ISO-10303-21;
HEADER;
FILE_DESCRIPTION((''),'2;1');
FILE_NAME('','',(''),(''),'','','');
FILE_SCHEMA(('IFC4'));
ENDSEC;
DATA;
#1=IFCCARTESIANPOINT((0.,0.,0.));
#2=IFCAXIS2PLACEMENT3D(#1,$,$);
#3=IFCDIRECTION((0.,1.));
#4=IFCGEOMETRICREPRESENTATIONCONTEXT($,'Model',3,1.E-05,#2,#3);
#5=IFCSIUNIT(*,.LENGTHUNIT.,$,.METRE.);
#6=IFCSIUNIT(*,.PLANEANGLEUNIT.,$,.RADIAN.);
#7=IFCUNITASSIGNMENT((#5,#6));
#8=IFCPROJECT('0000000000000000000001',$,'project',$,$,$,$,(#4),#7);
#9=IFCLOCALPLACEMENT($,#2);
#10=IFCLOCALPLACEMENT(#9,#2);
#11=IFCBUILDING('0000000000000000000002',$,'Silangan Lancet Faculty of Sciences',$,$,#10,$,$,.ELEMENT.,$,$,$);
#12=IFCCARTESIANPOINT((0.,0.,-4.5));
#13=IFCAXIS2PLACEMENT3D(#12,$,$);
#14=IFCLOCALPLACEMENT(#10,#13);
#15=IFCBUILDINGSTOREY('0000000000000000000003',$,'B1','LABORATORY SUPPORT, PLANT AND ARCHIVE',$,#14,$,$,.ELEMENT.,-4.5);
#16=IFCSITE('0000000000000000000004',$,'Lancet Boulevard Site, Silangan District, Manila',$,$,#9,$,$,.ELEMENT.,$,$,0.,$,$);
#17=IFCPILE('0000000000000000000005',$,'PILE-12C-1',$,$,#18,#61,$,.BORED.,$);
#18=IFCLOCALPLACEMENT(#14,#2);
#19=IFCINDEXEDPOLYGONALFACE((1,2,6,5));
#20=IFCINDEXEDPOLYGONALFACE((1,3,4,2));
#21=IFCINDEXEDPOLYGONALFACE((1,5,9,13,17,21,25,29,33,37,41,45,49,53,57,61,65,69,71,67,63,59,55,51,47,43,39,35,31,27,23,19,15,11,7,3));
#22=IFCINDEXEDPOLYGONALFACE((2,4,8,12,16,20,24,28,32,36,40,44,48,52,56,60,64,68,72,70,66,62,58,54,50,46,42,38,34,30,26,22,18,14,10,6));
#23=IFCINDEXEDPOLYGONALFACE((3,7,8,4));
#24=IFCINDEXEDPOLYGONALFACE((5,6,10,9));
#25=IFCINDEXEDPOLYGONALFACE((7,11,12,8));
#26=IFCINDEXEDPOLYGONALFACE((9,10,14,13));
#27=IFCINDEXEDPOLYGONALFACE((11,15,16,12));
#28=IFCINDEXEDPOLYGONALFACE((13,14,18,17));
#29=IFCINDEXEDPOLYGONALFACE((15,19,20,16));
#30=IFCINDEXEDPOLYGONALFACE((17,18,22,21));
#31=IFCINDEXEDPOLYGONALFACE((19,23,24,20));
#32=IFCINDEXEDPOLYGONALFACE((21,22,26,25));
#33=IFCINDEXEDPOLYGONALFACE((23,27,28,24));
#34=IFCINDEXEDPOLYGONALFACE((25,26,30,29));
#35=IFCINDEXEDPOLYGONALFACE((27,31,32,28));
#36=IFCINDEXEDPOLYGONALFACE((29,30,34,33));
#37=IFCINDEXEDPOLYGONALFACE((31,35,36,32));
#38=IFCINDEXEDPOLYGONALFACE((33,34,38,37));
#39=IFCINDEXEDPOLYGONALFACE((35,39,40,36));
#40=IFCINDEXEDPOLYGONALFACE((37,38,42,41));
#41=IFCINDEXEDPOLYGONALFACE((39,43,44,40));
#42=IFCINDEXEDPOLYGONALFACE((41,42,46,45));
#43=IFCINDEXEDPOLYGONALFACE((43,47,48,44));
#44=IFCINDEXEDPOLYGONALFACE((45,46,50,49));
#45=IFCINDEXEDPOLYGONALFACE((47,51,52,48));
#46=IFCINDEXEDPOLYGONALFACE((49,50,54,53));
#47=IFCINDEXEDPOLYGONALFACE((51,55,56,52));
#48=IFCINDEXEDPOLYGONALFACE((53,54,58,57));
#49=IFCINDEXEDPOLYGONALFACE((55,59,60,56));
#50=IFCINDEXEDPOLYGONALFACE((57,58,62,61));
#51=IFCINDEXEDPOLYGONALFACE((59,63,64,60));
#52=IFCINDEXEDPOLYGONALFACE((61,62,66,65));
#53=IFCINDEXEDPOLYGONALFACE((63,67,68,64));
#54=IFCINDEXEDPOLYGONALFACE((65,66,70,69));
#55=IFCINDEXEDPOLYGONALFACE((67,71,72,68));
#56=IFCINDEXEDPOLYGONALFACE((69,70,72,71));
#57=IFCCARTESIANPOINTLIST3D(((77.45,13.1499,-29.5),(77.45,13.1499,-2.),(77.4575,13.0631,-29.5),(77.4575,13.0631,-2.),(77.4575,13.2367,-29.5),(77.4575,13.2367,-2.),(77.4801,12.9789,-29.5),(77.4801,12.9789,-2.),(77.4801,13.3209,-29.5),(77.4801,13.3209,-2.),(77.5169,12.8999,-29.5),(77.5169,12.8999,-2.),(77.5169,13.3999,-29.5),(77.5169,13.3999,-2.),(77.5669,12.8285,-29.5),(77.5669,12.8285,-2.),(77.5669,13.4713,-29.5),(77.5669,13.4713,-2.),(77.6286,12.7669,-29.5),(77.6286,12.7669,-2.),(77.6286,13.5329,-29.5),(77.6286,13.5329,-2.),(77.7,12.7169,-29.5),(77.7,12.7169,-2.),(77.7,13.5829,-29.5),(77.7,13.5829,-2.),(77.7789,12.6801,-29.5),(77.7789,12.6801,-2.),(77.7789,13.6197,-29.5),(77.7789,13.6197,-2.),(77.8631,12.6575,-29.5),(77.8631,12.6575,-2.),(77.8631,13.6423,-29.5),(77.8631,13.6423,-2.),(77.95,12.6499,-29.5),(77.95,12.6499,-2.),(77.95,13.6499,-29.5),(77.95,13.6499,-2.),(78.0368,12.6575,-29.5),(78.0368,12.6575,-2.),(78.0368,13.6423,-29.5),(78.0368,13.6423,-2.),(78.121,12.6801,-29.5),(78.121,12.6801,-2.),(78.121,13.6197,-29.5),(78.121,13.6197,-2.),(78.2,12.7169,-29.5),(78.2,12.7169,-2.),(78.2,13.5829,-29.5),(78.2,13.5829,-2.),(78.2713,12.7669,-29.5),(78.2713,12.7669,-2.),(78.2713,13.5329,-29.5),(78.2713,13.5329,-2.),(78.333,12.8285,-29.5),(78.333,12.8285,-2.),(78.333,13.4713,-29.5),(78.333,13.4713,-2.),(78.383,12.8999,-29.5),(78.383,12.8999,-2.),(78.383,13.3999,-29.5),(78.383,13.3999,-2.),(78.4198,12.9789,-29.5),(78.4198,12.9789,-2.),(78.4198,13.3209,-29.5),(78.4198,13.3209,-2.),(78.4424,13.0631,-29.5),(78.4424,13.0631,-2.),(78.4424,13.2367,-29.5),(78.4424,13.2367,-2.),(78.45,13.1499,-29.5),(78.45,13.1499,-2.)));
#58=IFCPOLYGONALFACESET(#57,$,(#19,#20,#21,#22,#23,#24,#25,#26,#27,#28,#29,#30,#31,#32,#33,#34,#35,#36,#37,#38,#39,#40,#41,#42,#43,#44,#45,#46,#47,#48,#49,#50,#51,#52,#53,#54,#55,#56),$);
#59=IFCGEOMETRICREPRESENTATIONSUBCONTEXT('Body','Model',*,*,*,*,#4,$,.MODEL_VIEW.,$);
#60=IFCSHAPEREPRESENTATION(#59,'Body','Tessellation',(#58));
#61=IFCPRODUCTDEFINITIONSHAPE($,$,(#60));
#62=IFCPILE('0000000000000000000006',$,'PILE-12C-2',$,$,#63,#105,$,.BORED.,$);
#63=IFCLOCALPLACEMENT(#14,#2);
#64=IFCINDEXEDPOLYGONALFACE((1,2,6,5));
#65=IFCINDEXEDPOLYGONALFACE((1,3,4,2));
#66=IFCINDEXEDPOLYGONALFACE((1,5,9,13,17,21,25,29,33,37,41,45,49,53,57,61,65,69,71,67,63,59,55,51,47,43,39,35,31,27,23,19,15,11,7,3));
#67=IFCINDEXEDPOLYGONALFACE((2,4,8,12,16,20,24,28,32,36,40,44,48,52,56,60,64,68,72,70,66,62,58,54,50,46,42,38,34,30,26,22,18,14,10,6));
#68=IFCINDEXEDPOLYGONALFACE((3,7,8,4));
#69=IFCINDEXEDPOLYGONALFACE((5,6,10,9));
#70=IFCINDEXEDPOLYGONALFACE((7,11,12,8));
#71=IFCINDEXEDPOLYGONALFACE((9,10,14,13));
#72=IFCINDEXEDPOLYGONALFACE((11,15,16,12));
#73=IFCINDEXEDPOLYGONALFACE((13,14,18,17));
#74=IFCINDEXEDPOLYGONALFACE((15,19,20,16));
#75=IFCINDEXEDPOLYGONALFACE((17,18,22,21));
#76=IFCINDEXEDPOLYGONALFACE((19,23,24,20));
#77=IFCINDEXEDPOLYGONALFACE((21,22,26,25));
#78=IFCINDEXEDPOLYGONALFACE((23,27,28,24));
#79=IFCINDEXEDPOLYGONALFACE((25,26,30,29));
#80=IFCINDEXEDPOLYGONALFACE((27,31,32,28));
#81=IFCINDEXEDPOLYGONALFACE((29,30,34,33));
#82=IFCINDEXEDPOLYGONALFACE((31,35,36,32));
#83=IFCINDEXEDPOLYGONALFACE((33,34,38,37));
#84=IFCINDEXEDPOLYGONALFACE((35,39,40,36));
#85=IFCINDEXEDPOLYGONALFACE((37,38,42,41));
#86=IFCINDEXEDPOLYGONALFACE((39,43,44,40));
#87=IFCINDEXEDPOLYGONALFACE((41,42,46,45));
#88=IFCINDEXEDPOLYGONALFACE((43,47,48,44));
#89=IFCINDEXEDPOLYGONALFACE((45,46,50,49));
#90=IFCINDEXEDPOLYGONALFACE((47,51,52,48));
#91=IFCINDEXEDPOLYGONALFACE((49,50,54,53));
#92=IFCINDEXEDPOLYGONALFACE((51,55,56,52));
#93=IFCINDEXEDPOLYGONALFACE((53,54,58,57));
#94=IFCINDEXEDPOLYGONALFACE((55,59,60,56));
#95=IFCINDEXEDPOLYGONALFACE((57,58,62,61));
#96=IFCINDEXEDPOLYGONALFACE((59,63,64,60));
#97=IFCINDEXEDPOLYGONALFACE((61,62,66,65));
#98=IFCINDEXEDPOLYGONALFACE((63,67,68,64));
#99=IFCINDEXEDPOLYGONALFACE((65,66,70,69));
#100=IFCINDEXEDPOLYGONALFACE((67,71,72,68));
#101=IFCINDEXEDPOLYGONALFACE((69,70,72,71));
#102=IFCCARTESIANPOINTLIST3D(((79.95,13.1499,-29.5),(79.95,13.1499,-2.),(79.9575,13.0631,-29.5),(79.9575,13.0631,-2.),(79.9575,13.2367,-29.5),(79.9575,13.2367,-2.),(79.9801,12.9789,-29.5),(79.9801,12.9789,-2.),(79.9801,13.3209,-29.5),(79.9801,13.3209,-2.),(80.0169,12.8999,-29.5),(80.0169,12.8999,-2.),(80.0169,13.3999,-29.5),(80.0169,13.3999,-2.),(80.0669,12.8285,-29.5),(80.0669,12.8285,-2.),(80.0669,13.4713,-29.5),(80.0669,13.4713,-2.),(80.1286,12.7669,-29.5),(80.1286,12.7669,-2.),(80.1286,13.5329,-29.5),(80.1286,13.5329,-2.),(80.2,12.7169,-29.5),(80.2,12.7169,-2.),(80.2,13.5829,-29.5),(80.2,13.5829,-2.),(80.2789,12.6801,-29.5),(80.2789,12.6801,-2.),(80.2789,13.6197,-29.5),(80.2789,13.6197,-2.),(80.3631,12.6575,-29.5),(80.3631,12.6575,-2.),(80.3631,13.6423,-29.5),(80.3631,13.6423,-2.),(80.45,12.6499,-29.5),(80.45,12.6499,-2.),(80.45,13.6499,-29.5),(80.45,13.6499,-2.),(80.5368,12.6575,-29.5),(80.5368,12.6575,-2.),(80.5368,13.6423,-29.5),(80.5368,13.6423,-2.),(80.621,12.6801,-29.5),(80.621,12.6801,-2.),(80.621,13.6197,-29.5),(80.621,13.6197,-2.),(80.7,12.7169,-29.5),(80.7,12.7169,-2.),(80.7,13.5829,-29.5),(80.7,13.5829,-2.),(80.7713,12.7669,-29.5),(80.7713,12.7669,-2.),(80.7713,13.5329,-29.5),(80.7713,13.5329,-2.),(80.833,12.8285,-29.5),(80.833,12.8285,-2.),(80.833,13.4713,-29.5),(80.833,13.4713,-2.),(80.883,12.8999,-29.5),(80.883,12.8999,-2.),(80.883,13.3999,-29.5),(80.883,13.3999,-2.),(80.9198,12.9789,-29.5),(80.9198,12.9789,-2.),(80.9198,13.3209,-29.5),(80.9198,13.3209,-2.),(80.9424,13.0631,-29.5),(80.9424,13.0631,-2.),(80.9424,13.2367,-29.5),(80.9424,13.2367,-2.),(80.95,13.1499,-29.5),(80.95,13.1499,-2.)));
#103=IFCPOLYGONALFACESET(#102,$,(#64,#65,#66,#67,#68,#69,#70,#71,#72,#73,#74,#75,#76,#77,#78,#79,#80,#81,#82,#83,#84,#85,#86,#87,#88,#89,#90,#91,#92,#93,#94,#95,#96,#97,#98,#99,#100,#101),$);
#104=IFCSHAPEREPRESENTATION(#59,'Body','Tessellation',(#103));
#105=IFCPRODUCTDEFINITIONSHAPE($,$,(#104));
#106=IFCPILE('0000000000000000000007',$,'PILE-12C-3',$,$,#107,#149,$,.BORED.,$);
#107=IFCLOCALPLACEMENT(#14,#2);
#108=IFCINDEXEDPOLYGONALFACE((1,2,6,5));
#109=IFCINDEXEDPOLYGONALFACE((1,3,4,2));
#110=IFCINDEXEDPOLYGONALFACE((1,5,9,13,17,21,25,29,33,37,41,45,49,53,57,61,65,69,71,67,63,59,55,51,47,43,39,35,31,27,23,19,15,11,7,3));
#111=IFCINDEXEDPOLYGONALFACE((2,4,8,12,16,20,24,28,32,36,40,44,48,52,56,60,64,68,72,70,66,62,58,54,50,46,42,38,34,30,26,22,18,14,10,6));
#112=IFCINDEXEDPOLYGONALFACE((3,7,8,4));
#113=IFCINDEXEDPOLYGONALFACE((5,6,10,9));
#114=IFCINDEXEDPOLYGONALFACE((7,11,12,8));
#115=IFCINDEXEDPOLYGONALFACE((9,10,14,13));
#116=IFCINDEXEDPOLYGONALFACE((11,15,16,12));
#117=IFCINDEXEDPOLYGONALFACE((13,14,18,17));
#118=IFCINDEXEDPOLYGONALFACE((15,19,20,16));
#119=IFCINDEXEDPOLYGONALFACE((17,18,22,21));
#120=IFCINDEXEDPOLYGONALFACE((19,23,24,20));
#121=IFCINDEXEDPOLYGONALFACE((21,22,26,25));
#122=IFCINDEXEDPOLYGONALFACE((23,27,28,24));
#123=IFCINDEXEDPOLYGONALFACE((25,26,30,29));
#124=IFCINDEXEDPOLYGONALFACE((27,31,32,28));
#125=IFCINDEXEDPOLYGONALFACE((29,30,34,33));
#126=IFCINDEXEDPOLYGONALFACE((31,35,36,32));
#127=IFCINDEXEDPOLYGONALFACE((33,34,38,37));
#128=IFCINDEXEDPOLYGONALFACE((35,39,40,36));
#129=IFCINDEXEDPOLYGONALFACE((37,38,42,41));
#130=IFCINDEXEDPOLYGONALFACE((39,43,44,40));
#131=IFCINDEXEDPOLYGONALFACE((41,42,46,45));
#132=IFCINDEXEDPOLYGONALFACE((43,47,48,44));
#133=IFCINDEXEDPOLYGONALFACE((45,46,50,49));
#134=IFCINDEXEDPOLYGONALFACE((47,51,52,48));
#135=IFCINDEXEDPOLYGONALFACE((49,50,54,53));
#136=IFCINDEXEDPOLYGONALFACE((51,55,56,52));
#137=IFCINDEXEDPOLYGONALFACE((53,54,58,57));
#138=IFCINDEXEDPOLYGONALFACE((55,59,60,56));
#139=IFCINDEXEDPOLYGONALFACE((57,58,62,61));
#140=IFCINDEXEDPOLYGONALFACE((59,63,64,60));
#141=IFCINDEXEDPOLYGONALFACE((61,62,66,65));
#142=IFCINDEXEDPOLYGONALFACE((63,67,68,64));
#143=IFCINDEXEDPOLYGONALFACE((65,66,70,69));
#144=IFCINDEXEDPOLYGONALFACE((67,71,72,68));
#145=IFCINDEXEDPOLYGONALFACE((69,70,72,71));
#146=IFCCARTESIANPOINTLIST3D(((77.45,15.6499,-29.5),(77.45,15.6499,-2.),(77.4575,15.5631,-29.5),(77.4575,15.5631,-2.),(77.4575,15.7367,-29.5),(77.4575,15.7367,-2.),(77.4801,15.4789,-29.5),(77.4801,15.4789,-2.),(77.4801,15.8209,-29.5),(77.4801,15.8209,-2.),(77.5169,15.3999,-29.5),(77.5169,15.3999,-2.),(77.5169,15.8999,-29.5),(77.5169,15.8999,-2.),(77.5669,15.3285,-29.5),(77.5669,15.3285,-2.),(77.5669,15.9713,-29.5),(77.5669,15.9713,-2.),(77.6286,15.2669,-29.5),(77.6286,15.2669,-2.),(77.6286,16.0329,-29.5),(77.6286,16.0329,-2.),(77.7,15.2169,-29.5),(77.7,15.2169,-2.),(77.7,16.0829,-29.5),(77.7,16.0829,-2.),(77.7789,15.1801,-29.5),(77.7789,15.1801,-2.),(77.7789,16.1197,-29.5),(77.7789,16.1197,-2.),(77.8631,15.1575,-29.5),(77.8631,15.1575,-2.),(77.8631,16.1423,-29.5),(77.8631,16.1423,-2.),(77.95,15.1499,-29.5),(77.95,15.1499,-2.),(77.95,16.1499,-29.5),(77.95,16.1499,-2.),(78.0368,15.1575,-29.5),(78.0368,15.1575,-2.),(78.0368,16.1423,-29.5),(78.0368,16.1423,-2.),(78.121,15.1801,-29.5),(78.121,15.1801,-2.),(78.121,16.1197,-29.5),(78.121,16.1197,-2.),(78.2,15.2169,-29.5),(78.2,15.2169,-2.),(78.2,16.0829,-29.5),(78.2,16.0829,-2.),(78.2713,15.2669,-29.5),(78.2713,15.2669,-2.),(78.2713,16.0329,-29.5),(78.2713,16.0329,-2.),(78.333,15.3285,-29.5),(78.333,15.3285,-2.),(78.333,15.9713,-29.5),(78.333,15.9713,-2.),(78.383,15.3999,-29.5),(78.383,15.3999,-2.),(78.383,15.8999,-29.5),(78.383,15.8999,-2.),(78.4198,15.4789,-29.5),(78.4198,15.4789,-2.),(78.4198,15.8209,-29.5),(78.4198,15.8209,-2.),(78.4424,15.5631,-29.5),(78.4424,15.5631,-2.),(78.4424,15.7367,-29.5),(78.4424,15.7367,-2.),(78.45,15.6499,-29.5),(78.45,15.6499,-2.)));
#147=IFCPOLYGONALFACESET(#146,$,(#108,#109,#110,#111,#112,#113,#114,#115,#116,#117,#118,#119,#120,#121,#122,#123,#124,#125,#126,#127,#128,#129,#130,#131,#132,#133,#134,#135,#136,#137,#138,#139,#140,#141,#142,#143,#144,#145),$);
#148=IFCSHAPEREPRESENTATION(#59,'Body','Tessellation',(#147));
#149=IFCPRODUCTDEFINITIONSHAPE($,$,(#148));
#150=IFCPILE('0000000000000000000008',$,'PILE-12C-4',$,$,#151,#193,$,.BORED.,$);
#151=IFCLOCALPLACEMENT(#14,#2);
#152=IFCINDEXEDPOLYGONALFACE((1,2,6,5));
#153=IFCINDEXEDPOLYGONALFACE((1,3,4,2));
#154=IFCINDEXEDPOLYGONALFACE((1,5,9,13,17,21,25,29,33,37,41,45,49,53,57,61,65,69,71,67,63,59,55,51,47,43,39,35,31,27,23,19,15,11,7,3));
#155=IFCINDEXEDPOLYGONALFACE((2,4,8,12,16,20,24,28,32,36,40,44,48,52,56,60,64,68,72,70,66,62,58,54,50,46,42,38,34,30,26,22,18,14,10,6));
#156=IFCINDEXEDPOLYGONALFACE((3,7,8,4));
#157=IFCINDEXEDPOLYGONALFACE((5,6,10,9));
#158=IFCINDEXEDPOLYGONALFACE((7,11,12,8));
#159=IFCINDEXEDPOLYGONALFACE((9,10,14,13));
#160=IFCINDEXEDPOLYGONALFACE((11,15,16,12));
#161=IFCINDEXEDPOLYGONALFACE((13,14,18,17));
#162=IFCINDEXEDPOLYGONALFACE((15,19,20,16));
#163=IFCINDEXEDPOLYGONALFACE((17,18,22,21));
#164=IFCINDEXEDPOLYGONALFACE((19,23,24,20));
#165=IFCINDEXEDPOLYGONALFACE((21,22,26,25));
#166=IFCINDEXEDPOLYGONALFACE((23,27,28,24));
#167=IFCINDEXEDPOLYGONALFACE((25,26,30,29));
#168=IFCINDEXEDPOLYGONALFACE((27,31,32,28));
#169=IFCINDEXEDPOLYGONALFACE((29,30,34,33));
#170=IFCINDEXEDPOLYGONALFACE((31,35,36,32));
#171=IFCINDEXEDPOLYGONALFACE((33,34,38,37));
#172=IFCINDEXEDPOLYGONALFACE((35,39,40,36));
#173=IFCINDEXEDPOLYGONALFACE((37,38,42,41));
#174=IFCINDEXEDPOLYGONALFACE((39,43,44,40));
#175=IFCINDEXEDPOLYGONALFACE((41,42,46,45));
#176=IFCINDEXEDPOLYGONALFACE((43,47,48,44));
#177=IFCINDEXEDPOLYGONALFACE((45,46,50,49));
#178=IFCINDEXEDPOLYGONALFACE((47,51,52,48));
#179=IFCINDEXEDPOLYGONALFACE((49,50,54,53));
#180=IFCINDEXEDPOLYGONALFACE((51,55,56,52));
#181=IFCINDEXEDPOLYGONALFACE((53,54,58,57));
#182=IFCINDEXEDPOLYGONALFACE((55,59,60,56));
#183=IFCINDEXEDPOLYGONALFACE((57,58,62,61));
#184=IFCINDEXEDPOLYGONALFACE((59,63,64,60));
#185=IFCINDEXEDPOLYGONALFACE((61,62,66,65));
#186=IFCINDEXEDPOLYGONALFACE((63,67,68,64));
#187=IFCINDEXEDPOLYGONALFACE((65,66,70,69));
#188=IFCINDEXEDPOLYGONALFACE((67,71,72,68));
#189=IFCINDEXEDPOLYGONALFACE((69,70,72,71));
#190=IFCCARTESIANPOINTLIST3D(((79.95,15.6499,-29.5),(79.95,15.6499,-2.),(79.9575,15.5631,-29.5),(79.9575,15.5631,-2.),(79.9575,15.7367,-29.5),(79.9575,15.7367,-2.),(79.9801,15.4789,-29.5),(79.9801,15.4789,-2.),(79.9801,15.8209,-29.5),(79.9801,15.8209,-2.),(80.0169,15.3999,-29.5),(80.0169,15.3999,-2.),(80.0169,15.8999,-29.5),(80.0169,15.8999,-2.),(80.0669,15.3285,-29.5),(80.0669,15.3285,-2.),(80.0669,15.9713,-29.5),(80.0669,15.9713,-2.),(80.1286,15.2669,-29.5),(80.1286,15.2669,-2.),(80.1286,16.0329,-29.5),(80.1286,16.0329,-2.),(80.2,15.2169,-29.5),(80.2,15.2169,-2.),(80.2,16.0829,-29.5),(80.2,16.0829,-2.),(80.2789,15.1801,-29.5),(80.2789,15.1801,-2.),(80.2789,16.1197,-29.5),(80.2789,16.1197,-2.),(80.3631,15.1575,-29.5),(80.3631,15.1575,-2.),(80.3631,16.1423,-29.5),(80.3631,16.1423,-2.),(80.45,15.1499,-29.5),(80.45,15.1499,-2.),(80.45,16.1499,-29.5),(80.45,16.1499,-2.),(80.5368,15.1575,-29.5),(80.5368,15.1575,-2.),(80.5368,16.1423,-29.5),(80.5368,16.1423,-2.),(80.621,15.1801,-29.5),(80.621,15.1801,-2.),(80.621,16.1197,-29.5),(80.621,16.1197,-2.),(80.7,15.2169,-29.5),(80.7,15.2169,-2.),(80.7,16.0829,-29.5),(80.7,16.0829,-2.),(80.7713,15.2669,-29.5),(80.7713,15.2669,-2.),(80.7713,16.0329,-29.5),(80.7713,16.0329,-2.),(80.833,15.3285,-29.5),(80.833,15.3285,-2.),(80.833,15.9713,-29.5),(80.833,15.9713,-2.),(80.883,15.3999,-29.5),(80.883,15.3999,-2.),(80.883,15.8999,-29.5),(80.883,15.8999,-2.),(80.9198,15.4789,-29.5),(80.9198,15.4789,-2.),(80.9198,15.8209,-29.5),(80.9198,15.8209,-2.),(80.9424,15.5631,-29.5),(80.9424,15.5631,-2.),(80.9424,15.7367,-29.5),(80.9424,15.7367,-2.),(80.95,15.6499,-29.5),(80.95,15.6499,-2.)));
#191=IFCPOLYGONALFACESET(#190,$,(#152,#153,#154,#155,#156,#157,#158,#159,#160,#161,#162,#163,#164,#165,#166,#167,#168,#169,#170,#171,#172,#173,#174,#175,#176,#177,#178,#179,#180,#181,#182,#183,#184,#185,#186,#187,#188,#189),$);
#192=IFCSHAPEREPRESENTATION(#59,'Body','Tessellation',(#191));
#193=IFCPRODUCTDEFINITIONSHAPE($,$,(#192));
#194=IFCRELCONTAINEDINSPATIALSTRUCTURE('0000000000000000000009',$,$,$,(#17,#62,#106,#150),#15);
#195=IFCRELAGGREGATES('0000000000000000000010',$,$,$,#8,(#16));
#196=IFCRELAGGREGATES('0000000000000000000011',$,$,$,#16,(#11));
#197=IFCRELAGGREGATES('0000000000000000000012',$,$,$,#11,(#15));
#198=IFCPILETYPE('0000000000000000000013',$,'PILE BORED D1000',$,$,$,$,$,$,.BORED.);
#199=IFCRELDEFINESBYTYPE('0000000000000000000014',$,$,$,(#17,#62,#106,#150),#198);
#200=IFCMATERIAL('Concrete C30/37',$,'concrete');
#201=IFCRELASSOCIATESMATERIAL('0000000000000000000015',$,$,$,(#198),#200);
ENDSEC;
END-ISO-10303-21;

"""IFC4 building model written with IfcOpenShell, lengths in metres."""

from ifc_helpers import new_model, si_unit, direction, frame, origin, origin_2d, place, context, subcontext, project, spatial, circle, extrude, material, material_profile, profile_set, type_object, element, save


model = new_model("IFC4")

# Units and contexts
model_context = context("Model", 3, precision=1e-05, world=origin(), true_north=direction((0.0, 1.0)))
body_context = subcontext(model_context, "Body", "Model", "MODEL_VIEW")
ifc_project = project(units=[si_unit("LENGTHUNIT", "METRE"), si_unit("PLANEANGLEUNIT", "RADIAN")], contexts=[model_context])

# Site, building, storey
site_placement = place(None, origin())
site = spatial("IfcSite", under=ifc_project, at=site_placement, Name="Lancet Boulevard Site, Silangan District, Manila", CompositionType="ELEMENT", RefElevation=0.0)
building_placement = place(site_placement, origin())
building = spatial("IfcBuilding", under=site, at=building_placement, Name="Silangan Lancet Faculty of Sciences", CompositionType="ELEMENT")
storey_placement = place(building_placement, frame((0.0, 0.0, -4.5)))
storey = spatial("IfcBuildingStorey", under=building, at=storey_placement, Name="B1", Description="LABORATORY SUPPORT, PLANT AND ARCHIVE", CompositionType="ELEMENT", Elevation=-4.5)

# Piles
ifc_material_1 = material(Name="Concrete C30/37", Category="concrete")
ifc_material_profile_1 = material_profile(ifc_material_1, circle(Radius=0.5, at=origin_2d()), Name="BORED PILE D1000")
ifc_profile_set_1 = profile_set([ifc_material_profile_1], Name="Concrete C30/37")
pile_type = type_object("IfcPileType", Name="PILE BORED D1000", PredefinedType="BORED", material=ifc_profile_set_1)
for number, where, z_axis, x_axis, name in (
    (1, (77.95, 13.1499, -2.0), (0.0, 0.0, -1.0), (1.0, 0.0, 0.0), "PILE-12C-1"),
    (2, (80.45, 13.1499, -2.0), (0.0, 0.0, -1.0), (1.0, 0.0, 0.0), "PILE-12C-2"),
    (3, (77.95, 15.6499, -2.0), (0.0, 0.0, -1.0), (1.0, 0.0, 0.0), "PILE-12C-3"),
    (4, (80.45, 15.6499, -2.0), (0.0, 0.0, -1.0), (1.0, 0.0, 0.0), "PILE-12C-4"),
):
    element("IfcPile", number, at=place(storey_placement, frame(where, z_axis=z_axis, x_axis=x_axis)), inside=storey, type_object=pile_type, Name=name, PredefinedType="BORED", context=body_context, shape_type="SweptSolid", body=[
        extrude(circle(Radius=0.5, at=origin_2d()), origin(), (0.0, 0.0, 1.0), 27.5),
    ])

save(model, "model.ifc")
